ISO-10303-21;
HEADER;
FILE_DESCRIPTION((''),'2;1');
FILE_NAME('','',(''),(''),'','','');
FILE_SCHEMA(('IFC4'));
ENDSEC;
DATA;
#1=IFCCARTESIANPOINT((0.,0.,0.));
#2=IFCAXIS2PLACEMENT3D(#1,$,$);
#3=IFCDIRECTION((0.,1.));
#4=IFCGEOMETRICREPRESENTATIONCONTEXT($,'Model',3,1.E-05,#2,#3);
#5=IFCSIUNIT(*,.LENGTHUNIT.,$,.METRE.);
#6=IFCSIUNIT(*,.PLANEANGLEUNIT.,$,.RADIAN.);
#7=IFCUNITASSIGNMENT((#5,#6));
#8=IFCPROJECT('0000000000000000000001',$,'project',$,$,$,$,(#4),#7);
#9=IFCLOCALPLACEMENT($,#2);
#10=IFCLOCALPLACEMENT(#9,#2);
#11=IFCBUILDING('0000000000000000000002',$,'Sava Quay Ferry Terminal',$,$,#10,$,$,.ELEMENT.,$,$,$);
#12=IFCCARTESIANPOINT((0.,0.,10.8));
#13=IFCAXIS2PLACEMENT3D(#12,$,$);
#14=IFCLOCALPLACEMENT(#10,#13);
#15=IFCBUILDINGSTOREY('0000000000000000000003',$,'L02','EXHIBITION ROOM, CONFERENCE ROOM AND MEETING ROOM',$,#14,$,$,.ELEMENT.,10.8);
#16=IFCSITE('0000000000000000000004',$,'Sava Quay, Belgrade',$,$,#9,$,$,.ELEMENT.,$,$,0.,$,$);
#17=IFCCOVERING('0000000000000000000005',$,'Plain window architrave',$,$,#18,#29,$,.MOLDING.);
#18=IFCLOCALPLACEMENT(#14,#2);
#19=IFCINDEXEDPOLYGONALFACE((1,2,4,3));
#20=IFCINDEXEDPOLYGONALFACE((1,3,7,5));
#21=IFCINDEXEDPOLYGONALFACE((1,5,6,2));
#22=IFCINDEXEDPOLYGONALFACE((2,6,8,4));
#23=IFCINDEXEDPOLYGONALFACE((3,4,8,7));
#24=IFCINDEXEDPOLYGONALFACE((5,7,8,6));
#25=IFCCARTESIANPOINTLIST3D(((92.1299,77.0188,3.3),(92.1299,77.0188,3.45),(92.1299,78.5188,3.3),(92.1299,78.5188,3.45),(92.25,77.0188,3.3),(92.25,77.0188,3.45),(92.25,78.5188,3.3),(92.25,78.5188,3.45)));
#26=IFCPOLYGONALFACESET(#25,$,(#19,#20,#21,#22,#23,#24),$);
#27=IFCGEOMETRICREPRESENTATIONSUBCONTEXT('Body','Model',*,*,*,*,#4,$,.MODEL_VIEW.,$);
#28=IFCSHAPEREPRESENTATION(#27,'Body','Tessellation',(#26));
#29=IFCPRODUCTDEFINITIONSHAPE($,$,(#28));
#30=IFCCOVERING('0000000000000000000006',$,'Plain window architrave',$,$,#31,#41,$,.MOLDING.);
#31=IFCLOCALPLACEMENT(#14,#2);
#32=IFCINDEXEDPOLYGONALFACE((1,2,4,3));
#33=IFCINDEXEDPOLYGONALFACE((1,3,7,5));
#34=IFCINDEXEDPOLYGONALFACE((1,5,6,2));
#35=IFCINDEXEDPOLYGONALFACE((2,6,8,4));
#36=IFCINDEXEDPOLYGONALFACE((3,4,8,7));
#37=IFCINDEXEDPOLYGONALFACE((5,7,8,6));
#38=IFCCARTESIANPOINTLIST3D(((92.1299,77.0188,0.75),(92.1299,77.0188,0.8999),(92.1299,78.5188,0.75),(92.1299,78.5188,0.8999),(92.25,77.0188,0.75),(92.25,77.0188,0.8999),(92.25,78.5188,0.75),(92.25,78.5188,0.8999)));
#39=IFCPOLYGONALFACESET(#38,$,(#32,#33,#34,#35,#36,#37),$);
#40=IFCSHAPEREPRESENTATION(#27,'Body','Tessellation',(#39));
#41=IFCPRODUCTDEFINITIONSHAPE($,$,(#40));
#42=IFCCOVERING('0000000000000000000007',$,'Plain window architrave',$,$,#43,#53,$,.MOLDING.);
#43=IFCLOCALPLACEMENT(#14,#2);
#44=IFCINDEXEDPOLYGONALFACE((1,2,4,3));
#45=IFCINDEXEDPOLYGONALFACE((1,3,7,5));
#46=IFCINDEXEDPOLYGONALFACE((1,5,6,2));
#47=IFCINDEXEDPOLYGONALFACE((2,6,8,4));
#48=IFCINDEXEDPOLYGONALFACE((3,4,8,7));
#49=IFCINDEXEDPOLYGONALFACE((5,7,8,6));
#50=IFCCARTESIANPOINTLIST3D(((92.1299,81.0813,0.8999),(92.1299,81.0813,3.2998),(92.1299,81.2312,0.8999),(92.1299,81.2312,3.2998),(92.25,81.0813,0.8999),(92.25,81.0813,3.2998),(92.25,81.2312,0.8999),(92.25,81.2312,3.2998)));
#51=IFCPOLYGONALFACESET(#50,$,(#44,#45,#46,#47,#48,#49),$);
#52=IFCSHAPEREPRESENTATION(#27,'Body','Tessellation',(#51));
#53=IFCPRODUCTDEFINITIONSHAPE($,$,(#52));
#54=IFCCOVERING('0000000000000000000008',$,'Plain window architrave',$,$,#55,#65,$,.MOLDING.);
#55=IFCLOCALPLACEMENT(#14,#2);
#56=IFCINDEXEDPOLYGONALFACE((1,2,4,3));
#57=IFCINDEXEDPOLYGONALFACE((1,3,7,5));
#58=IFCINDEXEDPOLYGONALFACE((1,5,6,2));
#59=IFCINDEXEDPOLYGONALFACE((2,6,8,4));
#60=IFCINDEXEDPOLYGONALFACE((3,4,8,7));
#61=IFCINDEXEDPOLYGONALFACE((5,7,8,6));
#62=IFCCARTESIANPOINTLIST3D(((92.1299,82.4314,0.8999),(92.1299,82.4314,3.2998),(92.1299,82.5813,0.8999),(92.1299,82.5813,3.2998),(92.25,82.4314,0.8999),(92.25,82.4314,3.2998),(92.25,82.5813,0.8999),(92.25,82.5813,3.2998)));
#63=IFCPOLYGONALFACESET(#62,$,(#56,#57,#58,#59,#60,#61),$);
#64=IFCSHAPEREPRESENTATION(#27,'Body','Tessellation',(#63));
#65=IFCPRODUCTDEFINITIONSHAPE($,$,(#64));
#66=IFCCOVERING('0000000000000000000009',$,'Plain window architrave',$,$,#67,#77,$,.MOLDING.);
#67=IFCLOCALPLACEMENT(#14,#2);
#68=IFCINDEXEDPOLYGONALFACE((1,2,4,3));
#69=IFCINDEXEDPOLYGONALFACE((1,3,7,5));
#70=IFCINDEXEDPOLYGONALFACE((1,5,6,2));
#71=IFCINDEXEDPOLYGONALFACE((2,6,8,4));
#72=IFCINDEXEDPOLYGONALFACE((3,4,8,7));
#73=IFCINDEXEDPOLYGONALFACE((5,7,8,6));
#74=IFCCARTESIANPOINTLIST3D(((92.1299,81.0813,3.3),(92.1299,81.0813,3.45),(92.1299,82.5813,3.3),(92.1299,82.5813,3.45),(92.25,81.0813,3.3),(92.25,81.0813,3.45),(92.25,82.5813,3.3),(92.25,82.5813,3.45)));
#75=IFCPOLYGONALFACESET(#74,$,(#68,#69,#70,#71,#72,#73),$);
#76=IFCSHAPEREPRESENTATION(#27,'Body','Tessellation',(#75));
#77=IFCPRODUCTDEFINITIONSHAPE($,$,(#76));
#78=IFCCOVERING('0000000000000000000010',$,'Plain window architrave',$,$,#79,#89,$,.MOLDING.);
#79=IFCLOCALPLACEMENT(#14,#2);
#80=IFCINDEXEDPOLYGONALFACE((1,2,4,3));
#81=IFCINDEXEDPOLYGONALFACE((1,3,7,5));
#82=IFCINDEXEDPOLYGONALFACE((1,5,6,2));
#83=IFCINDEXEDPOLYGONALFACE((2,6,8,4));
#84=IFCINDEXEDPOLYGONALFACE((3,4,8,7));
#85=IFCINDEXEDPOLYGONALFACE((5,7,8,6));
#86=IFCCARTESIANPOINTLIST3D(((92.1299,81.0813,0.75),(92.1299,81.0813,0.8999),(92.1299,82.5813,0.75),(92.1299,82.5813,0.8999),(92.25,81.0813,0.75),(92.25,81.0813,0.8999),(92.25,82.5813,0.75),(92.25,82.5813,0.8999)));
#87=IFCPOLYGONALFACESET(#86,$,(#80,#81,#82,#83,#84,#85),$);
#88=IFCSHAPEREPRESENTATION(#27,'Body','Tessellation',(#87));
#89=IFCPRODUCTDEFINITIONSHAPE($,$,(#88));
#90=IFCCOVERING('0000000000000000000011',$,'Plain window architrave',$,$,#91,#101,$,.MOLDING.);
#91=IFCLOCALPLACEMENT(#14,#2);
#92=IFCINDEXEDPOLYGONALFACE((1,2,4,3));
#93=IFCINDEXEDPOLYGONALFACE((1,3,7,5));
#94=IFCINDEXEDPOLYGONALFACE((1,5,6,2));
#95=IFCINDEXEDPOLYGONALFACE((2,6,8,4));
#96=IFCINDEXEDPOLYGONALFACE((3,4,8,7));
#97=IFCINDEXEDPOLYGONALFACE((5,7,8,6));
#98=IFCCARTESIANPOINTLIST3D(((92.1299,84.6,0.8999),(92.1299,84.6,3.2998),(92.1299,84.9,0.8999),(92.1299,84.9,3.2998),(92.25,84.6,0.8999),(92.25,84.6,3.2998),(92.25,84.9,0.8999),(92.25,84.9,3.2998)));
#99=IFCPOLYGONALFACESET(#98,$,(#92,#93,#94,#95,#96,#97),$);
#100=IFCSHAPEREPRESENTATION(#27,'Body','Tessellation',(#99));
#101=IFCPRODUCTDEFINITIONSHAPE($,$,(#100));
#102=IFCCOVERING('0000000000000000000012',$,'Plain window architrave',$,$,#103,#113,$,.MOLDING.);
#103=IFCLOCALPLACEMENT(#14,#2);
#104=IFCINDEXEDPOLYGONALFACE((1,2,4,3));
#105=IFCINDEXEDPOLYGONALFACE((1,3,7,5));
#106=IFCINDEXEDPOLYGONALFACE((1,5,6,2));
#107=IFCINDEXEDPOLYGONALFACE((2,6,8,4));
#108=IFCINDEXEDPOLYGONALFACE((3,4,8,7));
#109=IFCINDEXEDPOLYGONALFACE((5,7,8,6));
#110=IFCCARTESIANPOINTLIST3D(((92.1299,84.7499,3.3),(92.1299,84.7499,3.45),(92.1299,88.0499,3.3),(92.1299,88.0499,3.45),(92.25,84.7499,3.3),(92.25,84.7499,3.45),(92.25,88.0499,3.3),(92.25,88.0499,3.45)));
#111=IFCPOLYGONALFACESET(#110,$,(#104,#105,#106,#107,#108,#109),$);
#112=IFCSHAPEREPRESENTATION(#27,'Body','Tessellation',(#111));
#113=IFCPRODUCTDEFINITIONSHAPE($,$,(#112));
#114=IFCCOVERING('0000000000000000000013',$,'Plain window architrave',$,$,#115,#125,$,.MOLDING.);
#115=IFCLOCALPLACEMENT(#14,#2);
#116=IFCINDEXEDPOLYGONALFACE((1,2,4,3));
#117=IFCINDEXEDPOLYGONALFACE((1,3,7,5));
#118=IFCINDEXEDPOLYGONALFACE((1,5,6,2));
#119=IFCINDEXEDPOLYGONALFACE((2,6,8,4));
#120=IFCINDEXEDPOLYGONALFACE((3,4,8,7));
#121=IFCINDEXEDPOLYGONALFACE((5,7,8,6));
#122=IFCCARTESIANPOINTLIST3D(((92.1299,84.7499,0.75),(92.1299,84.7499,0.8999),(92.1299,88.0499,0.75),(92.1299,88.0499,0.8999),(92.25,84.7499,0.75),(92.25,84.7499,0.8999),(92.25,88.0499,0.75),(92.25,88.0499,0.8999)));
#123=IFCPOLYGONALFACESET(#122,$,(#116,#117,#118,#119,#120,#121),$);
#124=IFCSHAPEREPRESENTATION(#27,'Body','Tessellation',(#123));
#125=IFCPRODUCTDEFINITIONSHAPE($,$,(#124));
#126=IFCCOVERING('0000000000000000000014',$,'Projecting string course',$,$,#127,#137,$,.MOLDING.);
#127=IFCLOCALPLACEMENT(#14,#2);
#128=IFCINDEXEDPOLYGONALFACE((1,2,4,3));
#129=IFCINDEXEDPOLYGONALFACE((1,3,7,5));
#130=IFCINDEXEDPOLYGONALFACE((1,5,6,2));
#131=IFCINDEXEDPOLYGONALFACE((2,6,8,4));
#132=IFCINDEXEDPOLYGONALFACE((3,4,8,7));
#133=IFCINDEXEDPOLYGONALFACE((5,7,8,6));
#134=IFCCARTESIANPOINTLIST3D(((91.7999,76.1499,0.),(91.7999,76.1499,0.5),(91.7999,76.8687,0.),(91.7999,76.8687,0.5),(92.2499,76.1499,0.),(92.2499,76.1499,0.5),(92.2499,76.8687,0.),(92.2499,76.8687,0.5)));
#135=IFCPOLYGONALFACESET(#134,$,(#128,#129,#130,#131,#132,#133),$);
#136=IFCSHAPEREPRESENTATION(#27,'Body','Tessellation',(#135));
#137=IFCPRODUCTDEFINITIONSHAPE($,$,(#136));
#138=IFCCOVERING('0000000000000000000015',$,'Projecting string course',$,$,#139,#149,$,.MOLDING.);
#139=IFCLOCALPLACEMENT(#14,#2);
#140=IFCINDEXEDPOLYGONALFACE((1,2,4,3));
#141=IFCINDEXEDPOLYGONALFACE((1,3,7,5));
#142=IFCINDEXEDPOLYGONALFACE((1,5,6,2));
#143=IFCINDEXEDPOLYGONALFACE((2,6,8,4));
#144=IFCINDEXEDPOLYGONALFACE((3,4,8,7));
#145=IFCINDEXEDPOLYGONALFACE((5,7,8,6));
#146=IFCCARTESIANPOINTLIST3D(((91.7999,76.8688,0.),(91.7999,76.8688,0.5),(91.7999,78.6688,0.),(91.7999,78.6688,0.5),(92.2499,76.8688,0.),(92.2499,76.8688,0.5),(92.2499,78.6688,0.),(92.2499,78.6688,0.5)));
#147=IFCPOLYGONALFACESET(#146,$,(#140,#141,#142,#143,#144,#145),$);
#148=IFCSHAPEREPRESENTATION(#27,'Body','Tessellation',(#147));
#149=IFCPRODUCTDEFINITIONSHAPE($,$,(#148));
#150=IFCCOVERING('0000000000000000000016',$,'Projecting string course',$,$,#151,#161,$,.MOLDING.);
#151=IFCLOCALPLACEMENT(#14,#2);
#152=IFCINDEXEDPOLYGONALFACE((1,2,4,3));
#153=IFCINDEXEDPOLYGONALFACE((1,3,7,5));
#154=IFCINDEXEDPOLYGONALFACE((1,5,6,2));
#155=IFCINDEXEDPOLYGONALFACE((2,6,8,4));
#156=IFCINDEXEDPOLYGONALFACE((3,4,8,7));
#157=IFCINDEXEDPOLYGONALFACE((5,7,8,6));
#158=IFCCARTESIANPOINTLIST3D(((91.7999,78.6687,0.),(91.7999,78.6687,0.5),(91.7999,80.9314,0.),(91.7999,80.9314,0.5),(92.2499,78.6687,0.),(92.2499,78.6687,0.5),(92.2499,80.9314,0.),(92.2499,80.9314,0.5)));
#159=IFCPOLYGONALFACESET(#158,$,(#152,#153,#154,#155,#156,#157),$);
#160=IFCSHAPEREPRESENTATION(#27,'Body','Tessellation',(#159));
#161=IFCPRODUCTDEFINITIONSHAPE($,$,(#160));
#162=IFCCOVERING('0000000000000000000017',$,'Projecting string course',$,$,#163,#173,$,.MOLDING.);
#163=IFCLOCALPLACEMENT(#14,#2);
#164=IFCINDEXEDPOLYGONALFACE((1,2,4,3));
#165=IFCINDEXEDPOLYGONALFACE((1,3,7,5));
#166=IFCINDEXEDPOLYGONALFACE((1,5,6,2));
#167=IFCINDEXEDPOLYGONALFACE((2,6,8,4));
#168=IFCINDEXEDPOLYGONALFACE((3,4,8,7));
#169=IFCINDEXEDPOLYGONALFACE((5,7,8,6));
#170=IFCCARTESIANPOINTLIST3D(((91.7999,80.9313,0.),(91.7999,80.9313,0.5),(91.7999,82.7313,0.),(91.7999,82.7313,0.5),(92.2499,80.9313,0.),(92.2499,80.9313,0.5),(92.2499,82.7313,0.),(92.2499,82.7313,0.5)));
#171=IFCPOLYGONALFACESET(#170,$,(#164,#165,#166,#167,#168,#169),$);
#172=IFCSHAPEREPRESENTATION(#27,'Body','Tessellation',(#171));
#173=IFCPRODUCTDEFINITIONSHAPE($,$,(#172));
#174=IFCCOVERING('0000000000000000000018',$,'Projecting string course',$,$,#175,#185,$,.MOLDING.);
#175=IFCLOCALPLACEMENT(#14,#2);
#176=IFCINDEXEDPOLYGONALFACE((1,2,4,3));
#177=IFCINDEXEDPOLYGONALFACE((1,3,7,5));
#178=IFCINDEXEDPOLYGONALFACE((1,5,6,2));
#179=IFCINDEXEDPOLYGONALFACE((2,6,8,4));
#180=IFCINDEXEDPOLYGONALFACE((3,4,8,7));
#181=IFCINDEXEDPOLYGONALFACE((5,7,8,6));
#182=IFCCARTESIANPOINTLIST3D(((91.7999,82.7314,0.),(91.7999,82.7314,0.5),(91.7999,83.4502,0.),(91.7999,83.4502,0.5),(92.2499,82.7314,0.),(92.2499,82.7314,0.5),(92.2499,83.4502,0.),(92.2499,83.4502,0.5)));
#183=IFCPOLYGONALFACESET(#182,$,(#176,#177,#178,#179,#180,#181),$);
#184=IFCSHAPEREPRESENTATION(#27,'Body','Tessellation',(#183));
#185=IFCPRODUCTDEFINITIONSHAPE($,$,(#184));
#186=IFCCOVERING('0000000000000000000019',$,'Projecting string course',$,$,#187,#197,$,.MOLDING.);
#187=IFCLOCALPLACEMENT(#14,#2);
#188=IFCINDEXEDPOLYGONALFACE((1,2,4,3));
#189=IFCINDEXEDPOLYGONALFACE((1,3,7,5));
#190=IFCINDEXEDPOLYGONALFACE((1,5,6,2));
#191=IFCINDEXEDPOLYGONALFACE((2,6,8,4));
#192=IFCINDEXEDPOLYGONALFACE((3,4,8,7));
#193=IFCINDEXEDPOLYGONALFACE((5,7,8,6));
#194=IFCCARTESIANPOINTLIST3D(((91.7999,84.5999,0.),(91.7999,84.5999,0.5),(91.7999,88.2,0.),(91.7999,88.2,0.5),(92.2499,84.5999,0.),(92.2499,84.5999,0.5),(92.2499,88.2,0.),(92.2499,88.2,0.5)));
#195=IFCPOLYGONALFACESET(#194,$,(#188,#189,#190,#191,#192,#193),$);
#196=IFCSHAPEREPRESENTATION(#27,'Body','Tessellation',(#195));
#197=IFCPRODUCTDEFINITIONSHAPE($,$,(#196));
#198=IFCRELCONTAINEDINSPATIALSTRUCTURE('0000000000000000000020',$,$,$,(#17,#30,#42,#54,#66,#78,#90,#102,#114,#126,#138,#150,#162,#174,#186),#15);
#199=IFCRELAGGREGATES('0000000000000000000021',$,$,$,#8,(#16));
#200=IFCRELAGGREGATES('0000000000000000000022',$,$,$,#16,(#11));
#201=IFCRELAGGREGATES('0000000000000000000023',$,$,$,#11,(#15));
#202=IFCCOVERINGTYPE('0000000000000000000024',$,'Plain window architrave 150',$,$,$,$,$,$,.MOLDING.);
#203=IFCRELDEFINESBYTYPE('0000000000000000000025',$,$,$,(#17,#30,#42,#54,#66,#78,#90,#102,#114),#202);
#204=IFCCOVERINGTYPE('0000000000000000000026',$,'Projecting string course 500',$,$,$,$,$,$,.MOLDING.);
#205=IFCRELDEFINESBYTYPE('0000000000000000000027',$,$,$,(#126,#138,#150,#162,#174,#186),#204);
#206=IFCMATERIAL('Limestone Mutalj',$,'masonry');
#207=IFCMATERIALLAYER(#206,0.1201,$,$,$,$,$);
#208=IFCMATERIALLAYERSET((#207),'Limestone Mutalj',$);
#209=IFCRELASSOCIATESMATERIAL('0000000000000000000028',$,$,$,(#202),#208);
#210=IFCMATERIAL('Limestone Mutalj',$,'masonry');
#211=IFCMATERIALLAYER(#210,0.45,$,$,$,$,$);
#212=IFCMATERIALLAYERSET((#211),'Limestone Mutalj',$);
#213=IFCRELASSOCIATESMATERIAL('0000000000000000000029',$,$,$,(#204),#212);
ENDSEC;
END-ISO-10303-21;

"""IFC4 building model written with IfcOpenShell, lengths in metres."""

from ifc_helpers import new_model, si_unit, direction, frame, origin, origin_2d, place, context, subcontext, project, spatial, rectangle, extrude, material, layer, layer_set, type_object, element, save


model = new_model("IFC4")

# Units and contexts
model_context = context("Model", 3, precision=1e-05, world=origin(), true_north=direction((0.0, 1.0)))
body_context = subcontext(model_context, "Body", "Model", "MODEL_VIEW")
ifc_project = project(units=[si_unit("LENGTHUNIT", "METRE"), si_unit("PLANEANGLEUNIT", "RADIAN")], contexts=[model_context])

# Site, building, storey
site_placement = place(None, origin())
site = spatial("IfcSite", under=ifc_project, at=site_placement, Name="Sava Quay, Belgrade", CompositionType="ELEMENT", RefElevation=0.0)
building_placement = place(site_placement, origin())
building = spatial("IfcBuilding", under=site, at=building_placement, Name="Sava Quay Ferry Terminal", CompositionType="ELEMENT")
storey_placement = place(building_placement, frame((0.0, 0.0, 10.8)))
storey = spatial("IfcBuildingStorey", under=building, at=storey_placement, Name="L02", Description="EXHIBITION ROOM, CONFERENCE ROOM AND MEETING ROOM", CompositionType="ELEMENT", Elevation=10.8)

# Coverings
ifc_material_1 = material(Name="Limestone Mutalj", Category="masonry")
ifc_layer_1 = layer(ifc_material_1, 0.1201)
ifc_layer_set_1 = layer_set([ifc_layer_1], Name="Limestone Mutalj")
covering_type_1 = type_object("IfcCoveringType", Name="Plain window architrave 150", PredefinedType="MOLDING", material=ifc_layer_set_1)
for number, where, z_axis, x_axis, name in (
    (1, (92.1899, 77.7688, 3.3), (0.0, 0.0, 1.0), (1.0, 0.0, 0.0), "Plain window architrave"),
    (2, (92.1899, 77.7688, 0.75), (0.0, 0.0, 1.0), (1.0, 0.0, 0.0), "Plain window architrave"),
):
    element("IfcCovering", number, at=place(storey_placement, frame(where, z_axis=z_axis, x_axis=x_axis)), inside=storey, type_object=covering_type_1, Name=name, PredefinedType="MOLDING", context=body_context, shape_type="SweptSolid", body=[
        extrude(rectangle(XDim=0.1201, YDim=1.5, at=origin_2d()), origin(), (0.0, 0.0, 1.0), 0.1499),
    ])
for number, where, z_axis, x_axis, name in (
    (3, (92.1899, 81.1562, 0.8999), (0.0, 0.0, 1.0), (1.0, 0.0, 0.0), "Plain window architrave"),
    (4, (92.1899, 82.5063, 0.8999), (0.0, 0.0, 1.0), (1.0, 0.0, 0.0), "Plain window architrave"),
):
    element("IfcCovering", number, at=place(storey_placement, frame(where, z_axis=z_axis, x_axis=x_axis)), inside=storey, type_object=covering_type_1, Name=name, PredefinedType="MOLDING", context=body_context, shape_type="SweptSolid", body=[
        extrude(rectangle(XDim=0.1201, YDim=0.1499, at=origin_2d()), origin(), (0.0, 0.0, 1.0), 2.3999),
    ])
for number, where, z_axis, x_axis, name in (
    (5, (92.1899, 81.8313, 3.3), (0.0, 0.0, 1.0), (1.0, 0.0, 0.0), "Plain window architrave"),
    (6, (92.1899, 81.8313, 0.75), (0.0, 0.0, 1.0), (1.0, 0.0, 0.0), "Plain window architrave"),
):
    element("IfcCovering", number, at=place(storey_placement, frame(where, z_axis=z_axis, x_axis=x_axis)), inside=storey, type_object=covering_type_1, Name=name, PredefinedType="MOLDING", context=body_context, shape_type="SweptSolid", body=[
        extrude(rectangle(XDim=0.1201, YDim=1.5, at=origin_2d()), origin(), (0.0, 0.0, 1.0), 0.1499),
    ])
covering_1_placement = place(storey_placement, frame((92.1899, 84.75, 0.8999), z_axis=(0.0, 0.0, 1.0), x_axis=(1.0, 0.0, 0.0)))
element("IfcCovering", 7, at=covering_1_placement, inside=storey, type_object=covering_type_1, Name="Plain window architrave", PredefinedType="MOLDING", context=body_context, shape_type="SweptSolid", body=[
    extrude(rectangle(XDim=0.1201, YDim=0.3, at=origin_2d()), origin(), (0.0, 0.0, 1.0), 2.3999),
])
for number, where, z_axis, x_axis, name in (
    (8, (92.1899, 86.3999, 3.3), (0.0, 0.0, 1.0), (1.0, 0.0, 0.0), "Plain window architrave"),
    (9, (92.1899, 86.3999, 0.75), (0.0, 0.0, 1.0), (1.0, 0.0, 0.0), "Plain window architrave"),
):
    element("IfcCovering", number, at=place(storey_placement, frame(where, z_axis=z_axis, x_axis=x_axis)), inside=storey, type_object=covering_type_1, Name=name, PredefinedType="MOLDING", context=body_context, shape_type="SweptSolid", body=[
        extrude(rectangle(XDim=0.1201, YDim=3.3, at=origin_2d()), origin(), (0.0, 0.0, 1.0), 0.1499),
    ])
ifc_material_2 = material(Name="Limestone Mutalj", Category="masonry")
ifc_layer_2 = layer(ifc_material_2, 0.45)
ifc_layer_set_2 = layer_set([ifc_layer_2], Name="Limestone Mutalj")
covering_type_2 = type_object("IfcCoveringType", Name="Projecting string course 500", PredefinedType="MOLDING", material=ifc_layer_set_2)
covering_2_placement = place(storey_placement, frame((92.0249, 76.5093, 0.0), z_axis=(0.0, 0.0, 1.0), x_axis=(1.0, 0.0, 0.0)))
element("IfcCovering", 10, at=covering_2_placement, inside=storey, type_object=covering_type_2, Name="Projecting string course", PredefinedType="MOLDING", context=body_context, shape_type="SweptSolid", body=[
    extrude(rectangle(XDim=0.45, YDim=0.7188, at=origin_2d()), origin(), (0.0, 0.0, 1.0), 0.5),
])
covering_3_placement = place(storey_placement, frame((92.0249, 77.7688, 0.0), z_axis=(0.0, 0.0, 1.0), x_axis=(1.0, 0.0, 0.0)))
element("IfcCovering", 11, at=covering_3_placement, inside=storey, type_object=covering_type_2, Name="Projecting string course", PredefinedType="MOLDING", context=body_context, shape_type="SweptSolid", body=[
    extrude(rectangle(XDim=0.45, YDim=1.8, at=origin_2d()), origin(), (0.0, 0.0, 1.0), 0.5),
])
covering_4_placement = place(storey_placement, frame((92.0249, 79.8, 0.0), z_axis=(0.0, 0.0, 1.0), x_axis=(1.0, 0.0, 0.0)))
element("IfcCovering", 12, at=covering_4_placement, inside=storey, type_object=covering_type_2, Name="Projecting string course", PredefinedType="MOLDING", context=body_context, shape_type="SweptSolid", body=[
    extrude(rectangle(XDim=0.45, YDim=2.2627, at=origin_2d()), origin(), (0.0, 0.0, 1.0), 0.5),
])
covering_5_placement = place(storey_placement, frame((92.0249, 81.8313, 0.0), z_axis=(0.0, 0.0, 1.0), x_axis=(1.0, 0.0, 0.0)))
element("IfcCovering", 13, at=covering_5_placement, inside=storey, type_object=covering_type_2, Name="Projecting string course", PredefinedType="MOLDING", context=body_context, shape_type="SweptSolid", body=[
    extrude(rectangle(XDim=0.45, YDim=1.8, at=origin_2d()), origin(), (0.0, 0.0, 1.0), 0.5),
])
covering_6_placement = place(storey_placement, frame((92.0249, 83.0908, 0.0), z_axis=(0.0, 0.0, 1.0), x_axis=(1.0, 0.0, 0.0)))
element("IfcCovering", 14, at=covering_6_placement, inside=storey, type_object=covering_type_2, Name="Projecting string course", PredefinedType="MOLDING", context=body_context, shape_type="SweptSolid", body=[
    extrude(rectangle(XDim=0.45, YDim=0.7188, at=origin_2d()), origin(), (0.0, 0.0, 1.0), 0.5),
])
covering_7_placement = place(storey_placement, frame((92.0249, 86.3999, 0.0), z_axis=(0.0, 0.0, 1.0), x_axis=(1.0, 0.0, 0.0)))
element("IfcCovering", 15, at=covering_7_placement, inside=storey, type_object=covering_type_2, Name="Projecting string course", PredefinedType="MOLDING", context=body_context, shape_type="SweptSolid", body=[
    extrude(rectangle(XDim=0.45, YDim=3.6001, at=origin_2d()), origin(), (0.0, 0.0, 1.0), 0.5),
])

save(model, "model.ifc")
